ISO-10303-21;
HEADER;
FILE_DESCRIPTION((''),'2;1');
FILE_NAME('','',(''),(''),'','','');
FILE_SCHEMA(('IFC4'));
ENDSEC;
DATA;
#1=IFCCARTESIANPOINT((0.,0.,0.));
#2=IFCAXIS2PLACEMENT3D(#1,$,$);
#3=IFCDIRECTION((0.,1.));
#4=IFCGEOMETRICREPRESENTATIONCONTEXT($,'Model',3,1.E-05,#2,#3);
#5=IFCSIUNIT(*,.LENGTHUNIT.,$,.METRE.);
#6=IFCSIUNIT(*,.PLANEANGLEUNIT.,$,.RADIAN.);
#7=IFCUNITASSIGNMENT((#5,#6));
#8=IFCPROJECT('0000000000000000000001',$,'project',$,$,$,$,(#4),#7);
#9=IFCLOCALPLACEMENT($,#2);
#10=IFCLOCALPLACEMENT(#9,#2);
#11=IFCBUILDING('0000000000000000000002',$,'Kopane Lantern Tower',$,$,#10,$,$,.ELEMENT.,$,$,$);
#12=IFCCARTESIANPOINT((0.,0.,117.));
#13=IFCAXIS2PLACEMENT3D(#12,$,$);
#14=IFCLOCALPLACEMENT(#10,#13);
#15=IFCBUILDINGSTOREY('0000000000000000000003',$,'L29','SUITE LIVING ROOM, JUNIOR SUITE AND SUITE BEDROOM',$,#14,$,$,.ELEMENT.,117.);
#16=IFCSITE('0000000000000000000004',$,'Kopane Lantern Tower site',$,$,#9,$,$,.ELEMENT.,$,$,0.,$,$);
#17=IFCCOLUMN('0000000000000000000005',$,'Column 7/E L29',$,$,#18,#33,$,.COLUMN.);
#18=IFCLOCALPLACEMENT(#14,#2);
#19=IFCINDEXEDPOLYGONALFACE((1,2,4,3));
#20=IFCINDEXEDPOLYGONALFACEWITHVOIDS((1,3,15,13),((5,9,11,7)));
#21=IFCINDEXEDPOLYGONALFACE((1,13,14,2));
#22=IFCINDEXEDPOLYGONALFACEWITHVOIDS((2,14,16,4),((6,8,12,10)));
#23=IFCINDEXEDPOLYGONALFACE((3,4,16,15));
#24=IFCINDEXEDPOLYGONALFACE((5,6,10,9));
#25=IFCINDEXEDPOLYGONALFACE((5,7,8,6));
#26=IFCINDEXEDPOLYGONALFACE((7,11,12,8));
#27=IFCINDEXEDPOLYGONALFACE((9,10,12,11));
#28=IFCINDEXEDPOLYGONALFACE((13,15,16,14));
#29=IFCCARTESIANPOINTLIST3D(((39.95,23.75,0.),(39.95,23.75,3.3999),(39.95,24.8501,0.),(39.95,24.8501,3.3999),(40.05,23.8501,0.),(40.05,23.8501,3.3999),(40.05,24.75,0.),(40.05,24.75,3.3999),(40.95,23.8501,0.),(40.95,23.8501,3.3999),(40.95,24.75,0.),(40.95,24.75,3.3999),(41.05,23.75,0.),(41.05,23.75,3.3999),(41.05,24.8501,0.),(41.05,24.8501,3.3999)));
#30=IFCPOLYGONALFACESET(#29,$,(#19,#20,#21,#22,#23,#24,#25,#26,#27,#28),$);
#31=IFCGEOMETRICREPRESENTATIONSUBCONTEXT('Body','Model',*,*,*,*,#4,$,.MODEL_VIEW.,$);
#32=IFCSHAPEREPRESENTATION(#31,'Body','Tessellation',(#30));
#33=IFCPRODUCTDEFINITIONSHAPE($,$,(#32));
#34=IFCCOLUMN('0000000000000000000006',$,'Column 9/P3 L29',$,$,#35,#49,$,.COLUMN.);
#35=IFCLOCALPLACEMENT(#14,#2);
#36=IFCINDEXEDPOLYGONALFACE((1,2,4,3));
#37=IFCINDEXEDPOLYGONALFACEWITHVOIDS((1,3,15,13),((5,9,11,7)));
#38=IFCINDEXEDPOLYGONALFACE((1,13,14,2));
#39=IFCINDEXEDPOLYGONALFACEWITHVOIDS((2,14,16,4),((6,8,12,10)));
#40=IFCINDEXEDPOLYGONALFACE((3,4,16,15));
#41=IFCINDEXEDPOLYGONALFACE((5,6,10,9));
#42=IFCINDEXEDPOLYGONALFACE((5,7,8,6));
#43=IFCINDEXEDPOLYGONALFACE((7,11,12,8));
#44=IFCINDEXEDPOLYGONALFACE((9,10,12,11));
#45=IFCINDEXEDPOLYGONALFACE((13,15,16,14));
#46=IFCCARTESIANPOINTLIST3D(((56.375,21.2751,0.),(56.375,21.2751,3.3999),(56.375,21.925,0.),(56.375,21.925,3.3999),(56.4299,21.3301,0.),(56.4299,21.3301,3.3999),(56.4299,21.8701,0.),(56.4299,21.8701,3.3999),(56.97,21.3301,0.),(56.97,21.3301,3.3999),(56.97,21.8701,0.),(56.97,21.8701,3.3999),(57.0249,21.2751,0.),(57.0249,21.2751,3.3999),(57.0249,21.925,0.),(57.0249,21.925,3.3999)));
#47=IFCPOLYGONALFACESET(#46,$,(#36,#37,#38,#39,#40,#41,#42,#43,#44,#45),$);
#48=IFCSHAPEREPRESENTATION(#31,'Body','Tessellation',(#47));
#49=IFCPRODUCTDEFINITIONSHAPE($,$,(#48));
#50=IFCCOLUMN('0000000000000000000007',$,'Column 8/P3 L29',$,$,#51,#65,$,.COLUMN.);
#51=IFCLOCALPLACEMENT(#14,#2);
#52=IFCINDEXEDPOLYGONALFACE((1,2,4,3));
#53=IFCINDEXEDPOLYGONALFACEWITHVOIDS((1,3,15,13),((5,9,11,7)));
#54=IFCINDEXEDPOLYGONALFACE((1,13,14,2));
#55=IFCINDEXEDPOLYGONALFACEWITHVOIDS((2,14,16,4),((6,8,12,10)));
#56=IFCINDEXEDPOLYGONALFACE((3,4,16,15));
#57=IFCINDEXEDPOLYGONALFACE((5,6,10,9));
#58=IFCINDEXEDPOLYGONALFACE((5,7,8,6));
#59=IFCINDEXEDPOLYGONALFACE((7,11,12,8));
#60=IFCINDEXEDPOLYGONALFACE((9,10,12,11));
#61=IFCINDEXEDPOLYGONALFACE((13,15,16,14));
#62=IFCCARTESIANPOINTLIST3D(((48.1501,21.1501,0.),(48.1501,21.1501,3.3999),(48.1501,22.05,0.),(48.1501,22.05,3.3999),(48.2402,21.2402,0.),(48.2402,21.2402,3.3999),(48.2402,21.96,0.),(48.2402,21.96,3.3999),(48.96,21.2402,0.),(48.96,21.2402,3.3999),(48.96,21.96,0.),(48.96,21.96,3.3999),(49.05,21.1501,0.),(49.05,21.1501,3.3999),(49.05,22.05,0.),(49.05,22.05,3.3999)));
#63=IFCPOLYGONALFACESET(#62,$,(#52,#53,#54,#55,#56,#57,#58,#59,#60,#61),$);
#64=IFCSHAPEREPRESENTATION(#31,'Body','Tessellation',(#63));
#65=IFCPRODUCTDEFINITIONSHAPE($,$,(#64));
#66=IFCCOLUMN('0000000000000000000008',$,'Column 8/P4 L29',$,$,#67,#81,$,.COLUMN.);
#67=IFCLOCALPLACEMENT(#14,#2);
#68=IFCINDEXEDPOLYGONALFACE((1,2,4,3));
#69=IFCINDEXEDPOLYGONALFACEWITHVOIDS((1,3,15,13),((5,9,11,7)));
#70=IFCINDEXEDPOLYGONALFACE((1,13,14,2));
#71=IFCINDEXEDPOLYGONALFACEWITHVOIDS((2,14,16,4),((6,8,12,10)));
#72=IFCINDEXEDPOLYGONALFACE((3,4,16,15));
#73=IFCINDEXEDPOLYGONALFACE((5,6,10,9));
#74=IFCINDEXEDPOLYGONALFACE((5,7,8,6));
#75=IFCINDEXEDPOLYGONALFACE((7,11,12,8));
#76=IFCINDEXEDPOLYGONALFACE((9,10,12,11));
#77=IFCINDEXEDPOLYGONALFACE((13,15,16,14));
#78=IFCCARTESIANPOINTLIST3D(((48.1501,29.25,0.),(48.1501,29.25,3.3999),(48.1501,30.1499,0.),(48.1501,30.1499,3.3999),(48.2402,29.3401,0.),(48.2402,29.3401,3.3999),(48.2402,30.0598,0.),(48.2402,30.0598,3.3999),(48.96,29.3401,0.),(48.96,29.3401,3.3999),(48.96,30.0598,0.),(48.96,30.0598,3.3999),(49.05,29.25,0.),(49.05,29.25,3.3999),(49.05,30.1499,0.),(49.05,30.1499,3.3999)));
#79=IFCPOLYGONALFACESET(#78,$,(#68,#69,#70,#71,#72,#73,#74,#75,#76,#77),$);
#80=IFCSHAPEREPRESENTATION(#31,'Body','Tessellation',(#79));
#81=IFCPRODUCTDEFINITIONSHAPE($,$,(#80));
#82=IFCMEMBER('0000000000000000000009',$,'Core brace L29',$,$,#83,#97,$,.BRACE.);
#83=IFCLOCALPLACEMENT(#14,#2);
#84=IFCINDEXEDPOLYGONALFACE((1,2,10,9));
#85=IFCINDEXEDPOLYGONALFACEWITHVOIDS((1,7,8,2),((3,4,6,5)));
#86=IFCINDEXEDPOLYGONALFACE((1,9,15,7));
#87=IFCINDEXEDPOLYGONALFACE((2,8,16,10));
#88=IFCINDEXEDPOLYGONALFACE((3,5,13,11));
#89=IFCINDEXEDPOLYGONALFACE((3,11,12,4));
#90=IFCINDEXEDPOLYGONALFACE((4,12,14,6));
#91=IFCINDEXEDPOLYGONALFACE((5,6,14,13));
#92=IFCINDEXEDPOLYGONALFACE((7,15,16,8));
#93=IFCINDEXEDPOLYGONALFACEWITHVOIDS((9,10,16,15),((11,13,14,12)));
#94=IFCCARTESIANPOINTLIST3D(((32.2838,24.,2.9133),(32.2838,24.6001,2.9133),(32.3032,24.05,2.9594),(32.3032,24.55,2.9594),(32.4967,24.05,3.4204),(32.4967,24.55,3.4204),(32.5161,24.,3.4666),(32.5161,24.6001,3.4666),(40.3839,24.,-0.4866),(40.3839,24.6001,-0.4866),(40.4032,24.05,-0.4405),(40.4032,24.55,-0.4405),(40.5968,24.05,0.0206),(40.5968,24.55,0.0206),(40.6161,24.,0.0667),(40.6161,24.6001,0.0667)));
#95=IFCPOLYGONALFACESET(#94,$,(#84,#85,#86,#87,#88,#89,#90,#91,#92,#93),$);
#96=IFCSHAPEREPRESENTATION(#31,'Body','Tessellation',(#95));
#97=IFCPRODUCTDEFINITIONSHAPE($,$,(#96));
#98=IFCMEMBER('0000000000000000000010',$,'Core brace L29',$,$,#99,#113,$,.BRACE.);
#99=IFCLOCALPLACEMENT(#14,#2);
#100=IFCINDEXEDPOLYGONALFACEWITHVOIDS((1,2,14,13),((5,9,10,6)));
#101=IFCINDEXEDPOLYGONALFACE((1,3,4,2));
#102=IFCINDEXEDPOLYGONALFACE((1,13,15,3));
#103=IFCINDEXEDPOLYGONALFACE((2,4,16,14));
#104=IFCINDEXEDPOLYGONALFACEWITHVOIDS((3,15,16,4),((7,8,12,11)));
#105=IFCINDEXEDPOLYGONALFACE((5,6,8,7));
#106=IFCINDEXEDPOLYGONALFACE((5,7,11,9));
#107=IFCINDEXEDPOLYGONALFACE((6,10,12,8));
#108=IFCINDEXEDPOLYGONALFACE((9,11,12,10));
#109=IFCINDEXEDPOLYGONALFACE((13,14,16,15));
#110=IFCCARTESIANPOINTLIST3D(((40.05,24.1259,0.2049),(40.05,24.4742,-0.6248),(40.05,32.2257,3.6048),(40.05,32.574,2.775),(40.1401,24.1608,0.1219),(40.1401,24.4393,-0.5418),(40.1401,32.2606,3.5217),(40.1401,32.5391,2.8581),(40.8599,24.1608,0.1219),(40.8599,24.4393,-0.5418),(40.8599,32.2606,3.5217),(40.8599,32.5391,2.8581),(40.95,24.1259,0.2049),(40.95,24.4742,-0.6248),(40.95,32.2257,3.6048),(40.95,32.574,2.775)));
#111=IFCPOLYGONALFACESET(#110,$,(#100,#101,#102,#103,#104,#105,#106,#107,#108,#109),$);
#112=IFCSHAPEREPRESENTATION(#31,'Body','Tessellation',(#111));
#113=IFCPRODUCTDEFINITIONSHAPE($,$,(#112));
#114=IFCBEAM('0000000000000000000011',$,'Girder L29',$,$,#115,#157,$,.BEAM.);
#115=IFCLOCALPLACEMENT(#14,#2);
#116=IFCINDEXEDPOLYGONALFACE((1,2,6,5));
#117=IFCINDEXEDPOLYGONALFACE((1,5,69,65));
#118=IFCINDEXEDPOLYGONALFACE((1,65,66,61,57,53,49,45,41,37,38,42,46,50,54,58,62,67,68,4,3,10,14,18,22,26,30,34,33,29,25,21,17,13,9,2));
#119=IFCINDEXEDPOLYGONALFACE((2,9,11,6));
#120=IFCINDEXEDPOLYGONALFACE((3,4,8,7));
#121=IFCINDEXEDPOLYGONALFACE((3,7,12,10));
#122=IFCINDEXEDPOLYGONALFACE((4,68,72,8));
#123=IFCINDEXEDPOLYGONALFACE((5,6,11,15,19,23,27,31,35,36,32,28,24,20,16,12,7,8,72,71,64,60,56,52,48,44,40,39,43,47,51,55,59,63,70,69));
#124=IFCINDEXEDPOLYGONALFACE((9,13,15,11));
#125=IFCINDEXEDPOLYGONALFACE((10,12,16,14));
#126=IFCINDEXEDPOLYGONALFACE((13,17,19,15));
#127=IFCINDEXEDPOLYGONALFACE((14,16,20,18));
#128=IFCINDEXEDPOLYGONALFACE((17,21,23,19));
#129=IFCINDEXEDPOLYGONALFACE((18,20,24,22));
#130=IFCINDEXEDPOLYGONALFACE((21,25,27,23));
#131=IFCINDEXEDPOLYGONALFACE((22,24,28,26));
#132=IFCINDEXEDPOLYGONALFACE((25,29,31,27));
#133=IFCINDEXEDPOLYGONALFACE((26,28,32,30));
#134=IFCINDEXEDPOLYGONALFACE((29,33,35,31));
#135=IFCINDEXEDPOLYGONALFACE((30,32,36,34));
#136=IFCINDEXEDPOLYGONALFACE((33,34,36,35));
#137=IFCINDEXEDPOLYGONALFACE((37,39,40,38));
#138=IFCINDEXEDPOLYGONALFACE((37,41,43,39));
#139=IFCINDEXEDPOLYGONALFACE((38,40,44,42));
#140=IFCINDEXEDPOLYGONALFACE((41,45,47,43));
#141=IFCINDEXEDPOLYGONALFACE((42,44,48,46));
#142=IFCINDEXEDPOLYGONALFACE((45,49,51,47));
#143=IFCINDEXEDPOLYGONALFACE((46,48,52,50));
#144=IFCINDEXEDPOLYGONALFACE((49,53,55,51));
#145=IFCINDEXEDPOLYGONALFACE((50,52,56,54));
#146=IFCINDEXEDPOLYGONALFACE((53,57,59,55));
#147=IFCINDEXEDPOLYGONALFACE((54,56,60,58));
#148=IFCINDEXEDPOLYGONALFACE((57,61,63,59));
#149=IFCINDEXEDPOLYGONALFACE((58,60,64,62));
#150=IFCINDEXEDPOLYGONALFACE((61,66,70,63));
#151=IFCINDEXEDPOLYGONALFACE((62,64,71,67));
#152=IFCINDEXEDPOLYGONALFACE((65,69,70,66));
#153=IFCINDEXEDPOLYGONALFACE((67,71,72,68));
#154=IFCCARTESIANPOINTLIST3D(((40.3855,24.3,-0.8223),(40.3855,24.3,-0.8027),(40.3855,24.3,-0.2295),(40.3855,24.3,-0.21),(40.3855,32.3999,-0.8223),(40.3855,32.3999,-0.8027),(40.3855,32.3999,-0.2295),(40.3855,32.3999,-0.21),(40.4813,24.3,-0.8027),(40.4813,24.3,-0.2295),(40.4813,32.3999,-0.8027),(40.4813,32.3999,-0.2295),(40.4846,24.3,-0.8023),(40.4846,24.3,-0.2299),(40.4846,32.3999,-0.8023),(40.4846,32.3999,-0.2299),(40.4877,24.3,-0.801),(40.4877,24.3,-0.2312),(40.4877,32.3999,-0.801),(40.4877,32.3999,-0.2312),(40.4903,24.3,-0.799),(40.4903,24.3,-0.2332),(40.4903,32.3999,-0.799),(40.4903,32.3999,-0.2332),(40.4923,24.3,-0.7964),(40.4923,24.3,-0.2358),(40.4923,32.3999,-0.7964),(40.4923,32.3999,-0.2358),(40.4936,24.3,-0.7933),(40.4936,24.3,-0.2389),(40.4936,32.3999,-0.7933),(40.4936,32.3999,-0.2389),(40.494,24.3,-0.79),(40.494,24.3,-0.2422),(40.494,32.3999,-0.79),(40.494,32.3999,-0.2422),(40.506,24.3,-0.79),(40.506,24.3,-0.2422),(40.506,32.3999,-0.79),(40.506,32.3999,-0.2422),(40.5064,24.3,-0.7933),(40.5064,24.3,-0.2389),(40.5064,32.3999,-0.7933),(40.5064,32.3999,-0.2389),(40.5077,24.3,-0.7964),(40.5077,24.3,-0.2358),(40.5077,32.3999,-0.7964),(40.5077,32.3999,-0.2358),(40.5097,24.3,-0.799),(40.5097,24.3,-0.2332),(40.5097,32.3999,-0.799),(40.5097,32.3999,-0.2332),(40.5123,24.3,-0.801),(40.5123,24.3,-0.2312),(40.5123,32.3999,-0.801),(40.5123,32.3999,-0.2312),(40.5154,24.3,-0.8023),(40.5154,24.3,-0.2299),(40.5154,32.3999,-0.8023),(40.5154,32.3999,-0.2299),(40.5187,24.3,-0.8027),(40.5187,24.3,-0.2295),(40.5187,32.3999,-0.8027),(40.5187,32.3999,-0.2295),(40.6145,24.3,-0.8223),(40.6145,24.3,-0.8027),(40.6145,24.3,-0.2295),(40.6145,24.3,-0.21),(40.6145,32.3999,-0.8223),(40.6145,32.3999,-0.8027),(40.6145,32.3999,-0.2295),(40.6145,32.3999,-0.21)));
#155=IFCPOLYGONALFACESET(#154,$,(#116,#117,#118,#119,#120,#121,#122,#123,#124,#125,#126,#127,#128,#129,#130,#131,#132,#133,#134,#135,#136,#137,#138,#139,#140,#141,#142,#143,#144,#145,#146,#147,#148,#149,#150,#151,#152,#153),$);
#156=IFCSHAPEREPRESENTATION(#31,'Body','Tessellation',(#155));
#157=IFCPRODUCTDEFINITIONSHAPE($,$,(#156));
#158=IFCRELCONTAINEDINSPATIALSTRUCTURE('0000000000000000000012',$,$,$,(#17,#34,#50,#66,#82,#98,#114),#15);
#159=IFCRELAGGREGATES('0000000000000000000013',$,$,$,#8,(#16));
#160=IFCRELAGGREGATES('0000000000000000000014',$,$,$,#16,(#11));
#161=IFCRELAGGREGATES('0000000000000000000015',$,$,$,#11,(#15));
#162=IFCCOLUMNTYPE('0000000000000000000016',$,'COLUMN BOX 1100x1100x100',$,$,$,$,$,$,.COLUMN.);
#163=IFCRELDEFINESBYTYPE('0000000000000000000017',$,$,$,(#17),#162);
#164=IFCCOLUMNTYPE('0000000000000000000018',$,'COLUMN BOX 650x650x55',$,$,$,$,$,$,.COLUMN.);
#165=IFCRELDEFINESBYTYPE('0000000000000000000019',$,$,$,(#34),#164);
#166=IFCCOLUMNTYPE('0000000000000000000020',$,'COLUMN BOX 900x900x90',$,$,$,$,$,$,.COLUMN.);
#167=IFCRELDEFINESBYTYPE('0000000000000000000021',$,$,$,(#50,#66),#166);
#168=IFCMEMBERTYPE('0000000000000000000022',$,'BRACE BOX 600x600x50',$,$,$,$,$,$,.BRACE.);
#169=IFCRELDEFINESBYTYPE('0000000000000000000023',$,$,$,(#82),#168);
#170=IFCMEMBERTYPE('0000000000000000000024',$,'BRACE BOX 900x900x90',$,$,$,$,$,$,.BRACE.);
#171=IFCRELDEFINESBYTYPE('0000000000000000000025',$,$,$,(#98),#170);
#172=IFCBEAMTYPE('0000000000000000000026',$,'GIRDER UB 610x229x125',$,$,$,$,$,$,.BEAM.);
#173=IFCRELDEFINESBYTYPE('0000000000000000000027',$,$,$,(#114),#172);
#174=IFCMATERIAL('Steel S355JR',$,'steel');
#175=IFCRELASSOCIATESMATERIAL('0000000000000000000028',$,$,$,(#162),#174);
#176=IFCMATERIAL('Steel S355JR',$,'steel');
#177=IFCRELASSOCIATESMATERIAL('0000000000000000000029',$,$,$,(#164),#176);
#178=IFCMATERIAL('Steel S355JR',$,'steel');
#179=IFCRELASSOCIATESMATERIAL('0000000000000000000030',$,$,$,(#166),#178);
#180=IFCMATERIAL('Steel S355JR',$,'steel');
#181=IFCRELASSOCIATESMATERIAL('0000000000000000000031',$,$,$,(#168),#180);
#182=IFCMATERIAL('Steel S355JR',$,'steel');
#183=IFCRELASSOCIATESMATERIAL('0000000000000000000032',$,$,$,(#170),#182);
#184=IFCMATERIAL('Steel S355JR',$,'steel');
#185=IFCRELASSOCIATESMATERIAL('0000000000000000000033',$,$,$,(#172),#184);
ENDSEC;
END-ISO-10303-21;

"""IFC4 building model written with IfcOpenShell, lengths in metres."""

from ifc_helpers import new_model, si_unit, direction, frame, origin, origin_2d, place, context, subcontext, project, spatial, hollow_rectangle, i_section, extrude, material, material_profile, profile_set, type_object, element, save


model = new_model("IFC4")

# Units and contexts
model_context = context("Model", 3, precision=1e-05, world=origin(), true_north=direction((0.0, 1.0)))
body_context = subcontext(model_context, "Body", "Model", "MODEL_VIEW")
ifc_project = project(units=[si_unit("LENGTHUNIT", "METRE"), si_unit("PLANEANGLEUNIT", "RADIAN")], contexts=[model_context])

# Site, building, storey
site_placement = place(None, origin())
site = spatial("IfcSite", under=ifc_project, at=site_placement, Name="Kopane Lantern Tower site", CompositionType="ELEMENT", RefElevation=0.0)
building_placement = place(site_placement, origin())
building = spatial("IfcBuilding", under=site, at=building_placement, Name="Kopane Lantern Tower", CompositionType="ELEMENT")
storey_placement = place(building_placement, frame((0.0, 0.0, 117.0)))
storey = spatial("IfcBuildingStorey", under=building, at=storey_placement, Name="L29", Description="SUITE LIVING ROOM, JUNIOR SUITE AND SUITE BEDROOM", CompositionType="ELEMENT", Elevation=117.0)

# Columns
ifc_material_1 = material(Name="Steel S355JR", Category="steel")
ifc_material_profile_1 = material_profile(ifc_material_1, hollow_rectangle(XDim=1.1001, YDim=1.1001, WallThickness=0.1001, at=origin_2d()), Name="BOX 1100x1100x100")
ifc_profile_set_1 = profile_set([ifc_material_profile_1], Name="Steel S355JR")
column_type_1 = type_object("IfcColumnType", Name="COLUMN BOX 1100x1100x100", PredefinedType="COLUMN", material=ifc_profile_set_1)
column_1_placement = place(storey_placement, frame((40.5, 24.3, 0.0), z_axis=(0.0, 0.0, 1.0), x_axis=(1.0, 0.0, 0.0)))
element("IfcColumn", 1, at=column_1_placement, inside=storey, type_object=column_type_1, Name="Column 7/E L29", PredefinedType="COLUMN", context=body_context, shape_type="SweptSolid", body=[
    extrude(hollow_rectangle(XDim=1.1001, YDim=1.1001, WallThickness=0.1001, at=origin_2d()), origin(), (0.0, 0.0, 1.0), 3.3999),
])
ifc_material_2 = material(Name="Steel S355JR", Category="steel")
ifc_material_profile_2 = material_profile(ifc_material_2, hollow_rectangle(XDim=0.6499, YDim=0.6499, WallThickness=0.0549, at=origin_2d()), Name="BOX 650x650x55")
ifc_profile_set_2 = profile_set([ifc_material_profile_2], Name="Steel S355JR")
column_type_2 = type_object("IfcColumnType", Name="COLUMN BOX 650x650x55", PredefinedType="COLUMN", material=ifc_profile_set_2)
column_2_placement = place(storey_placement, frame((56.7, 21.6001, 0.0), z_axis=(0.0, 0.0, 1.0), x_axis=(1.0, 0.0, 0.0)))
element("IfcColumn", 2, at=column_2_placement, inside=storey, type_object=column_type_2, Name="Column 9/P3 L29", PredefinedType="COLUMN", context=body_context, shape_type="SweptSolid", body=[
    extrude(hollow_rectangle(XDim=0.6499, YDim=0.6499, WallThickness=0.0549, at=origin_2d()), origin(), (0.0, 0.0, 1.0), 3.3999),
])
ifc_material_3 = material(Name="Steel S355JR", Category="steel")
ifc_material_profile_3 = material_profile(ifc_material_3, hollow_rectangle(XDim=0.8999, YDim=0.8999, WallThickness=0.0901, at=origin_2d()), Name="BOX 900x900x90")
ifc_profile_set_3 = profile_set([ifc_material_profile_3], Name="Steel S355JR")
column_type_3 = type_object("IfcColumnType", Name="COLUMN BOX 900x900x90", PredefinedType="COLUMN", material=ifc_profile_set_3)
for number, where, z_axis, x_axis, name in (
    (3, (48.6001, 21.6001, 0.0), (0.0, 0.0, 1.0), (1.0, 0.0, 0.0), "Column 8/P3 L29"),
    (4, (48.6001, 29.7, 0.0), (0.0, 0.0, 1.0), (1.0, 0.0, 0.0), "Column 8/P4 L29"),
):
    element("IfcColumn", number, at=place(storey_placement, frame(where, z_axis=z_axis, x_axis=x_axis)), inside=storey, type_object=column_type_3, Name=name, PredefinedType="COLUMN", context=body_context, shape_type="SweptSolid", body=[
        extrude(hollow_rectangle(XDim=0.8999, YDim=0.8999, WallThickness=0.0901, at=origin_2d()), origin(), (0.0, 0.0, 1.0), 3.3999),
    ])

# Members
ifc_material_4 = material(Name="Steel S355JR", Category="steel")
ifc_material_profile_4 = material_profile(ifc_material_4, hollow_rectangle(XDim=0.6001, YDim=0.6001, WallThickness=0.05, at=origin_2d()), Name="BOX 600x600x50")
ifc_profile_set_4 = profile_set([ifc_material_profile_4], Name="Steel S355JR")
member_type_1 = type_object("IfcMemberType", Name="BRACE BOX 600x600x50", PredefinedType="BRACE", material=ifc_profile_set_4)
member_1_placement = place(storey_placement, frame((40.5, 24.3, -0.21), z_axis=(-0.922069, 0.0, 0.387026), x_axis=(0.0, -1.0, 0.0)))
element("IfcMember", 5, at=member_1_placement, inside=storey, type_object=member_type_1, Name="Core brace L29", PredefinedType="BRACE", context=body_context, shape_type="SweptSolid", body=[
    extrude(hollow_rectangle(XDim=0.6001, YDim=0.6001, WallThickness=0.05, at=origin_2d()), origin(), (0.0, 0.0, 1.0), 8.7847),
])
ifc_material_5 = material(Name="Steel S355JR", Category="steel")
ifc_material_profile_5 = material_profile(ifc_material_5, hollow_rectangle(XDim=0.8999, YDim=0.8999, WallThickness=0.0901, at=origin_2d()), Name="BOX 900x900x90")
ifc_profile_set_5 = profile_set([ifc_material_profile_5], Name="Steel S355JR")
member_type_2 = type_object("IfcMemberType", Name="BRACE BOX 900x900x90", PredefinedType="BRACE", material=ifc_profile_set_5)
member_2_placement = place(storey_placement, frame((40.5, 24.3, -0.21), z_axis=(0.0, 0.922065, 0.387035), x_axis=(-1.0, 0.0, 0.0)))
element("IfcMember", 6, at=member_2_placement, inside=storey, type_object=member_type_2, Name="Core brace L29", PredefinedType="BRACE", context=body_context, shape_type="SweptSolid", body=[
    extrude(hollow_rectangle(XDim=0.8999, YDim=0.8999, WallThickness=0.0901, at=origin_2d()), origin(), (0.0, 0.0, 1.0), 8.7844),
])

# Beam
ifc_material_6 = material(Name="Steel S355JR", Category="steel")
ifc_material_profile_6 = material_profile(ifc_material_6, i_section(OverallWidth=0.229, OverallDepth=0.6123, WebThickness=0.012, FlangeThickness=0.0195, FilletRadius=0.0127, at=origin_2d()), Name="UB 610x229x125")
ifc_profile_set_6 = profile_set([ifc_material_profile_6], Name="Steel S355JR")
beam_type = type_object("IfcBeamType", Name="GIRDER UB 610x229x125", PredefinedType="BEAM", material=ifc_profile_set_6)
beam_1_placement = place(storey_placement, frame((40.5, 24.3, -0.5161), z_axis=(0.0, 1.0, 0.0), x_axis=(-1.0, 0.0, 0.0)))
element("IfcBeam", 7, at=beam_1_placement, inside=storey, type_object=beam_type, Name="Girder L29", PredefinedType="BEAM", context=body_context, shape_type="SweptSolid", body=[
    extrude(i_section(OverallWidth=0.229, OverallDepth=0.6123, WebThickness=0.012, FlangeThickness=0.0195, FilletRadius=0.0127, at=origin_2d()), origin(), (0.0, 0.0, 1.0), 8.0999),
])

save(model, "model.ifc")
